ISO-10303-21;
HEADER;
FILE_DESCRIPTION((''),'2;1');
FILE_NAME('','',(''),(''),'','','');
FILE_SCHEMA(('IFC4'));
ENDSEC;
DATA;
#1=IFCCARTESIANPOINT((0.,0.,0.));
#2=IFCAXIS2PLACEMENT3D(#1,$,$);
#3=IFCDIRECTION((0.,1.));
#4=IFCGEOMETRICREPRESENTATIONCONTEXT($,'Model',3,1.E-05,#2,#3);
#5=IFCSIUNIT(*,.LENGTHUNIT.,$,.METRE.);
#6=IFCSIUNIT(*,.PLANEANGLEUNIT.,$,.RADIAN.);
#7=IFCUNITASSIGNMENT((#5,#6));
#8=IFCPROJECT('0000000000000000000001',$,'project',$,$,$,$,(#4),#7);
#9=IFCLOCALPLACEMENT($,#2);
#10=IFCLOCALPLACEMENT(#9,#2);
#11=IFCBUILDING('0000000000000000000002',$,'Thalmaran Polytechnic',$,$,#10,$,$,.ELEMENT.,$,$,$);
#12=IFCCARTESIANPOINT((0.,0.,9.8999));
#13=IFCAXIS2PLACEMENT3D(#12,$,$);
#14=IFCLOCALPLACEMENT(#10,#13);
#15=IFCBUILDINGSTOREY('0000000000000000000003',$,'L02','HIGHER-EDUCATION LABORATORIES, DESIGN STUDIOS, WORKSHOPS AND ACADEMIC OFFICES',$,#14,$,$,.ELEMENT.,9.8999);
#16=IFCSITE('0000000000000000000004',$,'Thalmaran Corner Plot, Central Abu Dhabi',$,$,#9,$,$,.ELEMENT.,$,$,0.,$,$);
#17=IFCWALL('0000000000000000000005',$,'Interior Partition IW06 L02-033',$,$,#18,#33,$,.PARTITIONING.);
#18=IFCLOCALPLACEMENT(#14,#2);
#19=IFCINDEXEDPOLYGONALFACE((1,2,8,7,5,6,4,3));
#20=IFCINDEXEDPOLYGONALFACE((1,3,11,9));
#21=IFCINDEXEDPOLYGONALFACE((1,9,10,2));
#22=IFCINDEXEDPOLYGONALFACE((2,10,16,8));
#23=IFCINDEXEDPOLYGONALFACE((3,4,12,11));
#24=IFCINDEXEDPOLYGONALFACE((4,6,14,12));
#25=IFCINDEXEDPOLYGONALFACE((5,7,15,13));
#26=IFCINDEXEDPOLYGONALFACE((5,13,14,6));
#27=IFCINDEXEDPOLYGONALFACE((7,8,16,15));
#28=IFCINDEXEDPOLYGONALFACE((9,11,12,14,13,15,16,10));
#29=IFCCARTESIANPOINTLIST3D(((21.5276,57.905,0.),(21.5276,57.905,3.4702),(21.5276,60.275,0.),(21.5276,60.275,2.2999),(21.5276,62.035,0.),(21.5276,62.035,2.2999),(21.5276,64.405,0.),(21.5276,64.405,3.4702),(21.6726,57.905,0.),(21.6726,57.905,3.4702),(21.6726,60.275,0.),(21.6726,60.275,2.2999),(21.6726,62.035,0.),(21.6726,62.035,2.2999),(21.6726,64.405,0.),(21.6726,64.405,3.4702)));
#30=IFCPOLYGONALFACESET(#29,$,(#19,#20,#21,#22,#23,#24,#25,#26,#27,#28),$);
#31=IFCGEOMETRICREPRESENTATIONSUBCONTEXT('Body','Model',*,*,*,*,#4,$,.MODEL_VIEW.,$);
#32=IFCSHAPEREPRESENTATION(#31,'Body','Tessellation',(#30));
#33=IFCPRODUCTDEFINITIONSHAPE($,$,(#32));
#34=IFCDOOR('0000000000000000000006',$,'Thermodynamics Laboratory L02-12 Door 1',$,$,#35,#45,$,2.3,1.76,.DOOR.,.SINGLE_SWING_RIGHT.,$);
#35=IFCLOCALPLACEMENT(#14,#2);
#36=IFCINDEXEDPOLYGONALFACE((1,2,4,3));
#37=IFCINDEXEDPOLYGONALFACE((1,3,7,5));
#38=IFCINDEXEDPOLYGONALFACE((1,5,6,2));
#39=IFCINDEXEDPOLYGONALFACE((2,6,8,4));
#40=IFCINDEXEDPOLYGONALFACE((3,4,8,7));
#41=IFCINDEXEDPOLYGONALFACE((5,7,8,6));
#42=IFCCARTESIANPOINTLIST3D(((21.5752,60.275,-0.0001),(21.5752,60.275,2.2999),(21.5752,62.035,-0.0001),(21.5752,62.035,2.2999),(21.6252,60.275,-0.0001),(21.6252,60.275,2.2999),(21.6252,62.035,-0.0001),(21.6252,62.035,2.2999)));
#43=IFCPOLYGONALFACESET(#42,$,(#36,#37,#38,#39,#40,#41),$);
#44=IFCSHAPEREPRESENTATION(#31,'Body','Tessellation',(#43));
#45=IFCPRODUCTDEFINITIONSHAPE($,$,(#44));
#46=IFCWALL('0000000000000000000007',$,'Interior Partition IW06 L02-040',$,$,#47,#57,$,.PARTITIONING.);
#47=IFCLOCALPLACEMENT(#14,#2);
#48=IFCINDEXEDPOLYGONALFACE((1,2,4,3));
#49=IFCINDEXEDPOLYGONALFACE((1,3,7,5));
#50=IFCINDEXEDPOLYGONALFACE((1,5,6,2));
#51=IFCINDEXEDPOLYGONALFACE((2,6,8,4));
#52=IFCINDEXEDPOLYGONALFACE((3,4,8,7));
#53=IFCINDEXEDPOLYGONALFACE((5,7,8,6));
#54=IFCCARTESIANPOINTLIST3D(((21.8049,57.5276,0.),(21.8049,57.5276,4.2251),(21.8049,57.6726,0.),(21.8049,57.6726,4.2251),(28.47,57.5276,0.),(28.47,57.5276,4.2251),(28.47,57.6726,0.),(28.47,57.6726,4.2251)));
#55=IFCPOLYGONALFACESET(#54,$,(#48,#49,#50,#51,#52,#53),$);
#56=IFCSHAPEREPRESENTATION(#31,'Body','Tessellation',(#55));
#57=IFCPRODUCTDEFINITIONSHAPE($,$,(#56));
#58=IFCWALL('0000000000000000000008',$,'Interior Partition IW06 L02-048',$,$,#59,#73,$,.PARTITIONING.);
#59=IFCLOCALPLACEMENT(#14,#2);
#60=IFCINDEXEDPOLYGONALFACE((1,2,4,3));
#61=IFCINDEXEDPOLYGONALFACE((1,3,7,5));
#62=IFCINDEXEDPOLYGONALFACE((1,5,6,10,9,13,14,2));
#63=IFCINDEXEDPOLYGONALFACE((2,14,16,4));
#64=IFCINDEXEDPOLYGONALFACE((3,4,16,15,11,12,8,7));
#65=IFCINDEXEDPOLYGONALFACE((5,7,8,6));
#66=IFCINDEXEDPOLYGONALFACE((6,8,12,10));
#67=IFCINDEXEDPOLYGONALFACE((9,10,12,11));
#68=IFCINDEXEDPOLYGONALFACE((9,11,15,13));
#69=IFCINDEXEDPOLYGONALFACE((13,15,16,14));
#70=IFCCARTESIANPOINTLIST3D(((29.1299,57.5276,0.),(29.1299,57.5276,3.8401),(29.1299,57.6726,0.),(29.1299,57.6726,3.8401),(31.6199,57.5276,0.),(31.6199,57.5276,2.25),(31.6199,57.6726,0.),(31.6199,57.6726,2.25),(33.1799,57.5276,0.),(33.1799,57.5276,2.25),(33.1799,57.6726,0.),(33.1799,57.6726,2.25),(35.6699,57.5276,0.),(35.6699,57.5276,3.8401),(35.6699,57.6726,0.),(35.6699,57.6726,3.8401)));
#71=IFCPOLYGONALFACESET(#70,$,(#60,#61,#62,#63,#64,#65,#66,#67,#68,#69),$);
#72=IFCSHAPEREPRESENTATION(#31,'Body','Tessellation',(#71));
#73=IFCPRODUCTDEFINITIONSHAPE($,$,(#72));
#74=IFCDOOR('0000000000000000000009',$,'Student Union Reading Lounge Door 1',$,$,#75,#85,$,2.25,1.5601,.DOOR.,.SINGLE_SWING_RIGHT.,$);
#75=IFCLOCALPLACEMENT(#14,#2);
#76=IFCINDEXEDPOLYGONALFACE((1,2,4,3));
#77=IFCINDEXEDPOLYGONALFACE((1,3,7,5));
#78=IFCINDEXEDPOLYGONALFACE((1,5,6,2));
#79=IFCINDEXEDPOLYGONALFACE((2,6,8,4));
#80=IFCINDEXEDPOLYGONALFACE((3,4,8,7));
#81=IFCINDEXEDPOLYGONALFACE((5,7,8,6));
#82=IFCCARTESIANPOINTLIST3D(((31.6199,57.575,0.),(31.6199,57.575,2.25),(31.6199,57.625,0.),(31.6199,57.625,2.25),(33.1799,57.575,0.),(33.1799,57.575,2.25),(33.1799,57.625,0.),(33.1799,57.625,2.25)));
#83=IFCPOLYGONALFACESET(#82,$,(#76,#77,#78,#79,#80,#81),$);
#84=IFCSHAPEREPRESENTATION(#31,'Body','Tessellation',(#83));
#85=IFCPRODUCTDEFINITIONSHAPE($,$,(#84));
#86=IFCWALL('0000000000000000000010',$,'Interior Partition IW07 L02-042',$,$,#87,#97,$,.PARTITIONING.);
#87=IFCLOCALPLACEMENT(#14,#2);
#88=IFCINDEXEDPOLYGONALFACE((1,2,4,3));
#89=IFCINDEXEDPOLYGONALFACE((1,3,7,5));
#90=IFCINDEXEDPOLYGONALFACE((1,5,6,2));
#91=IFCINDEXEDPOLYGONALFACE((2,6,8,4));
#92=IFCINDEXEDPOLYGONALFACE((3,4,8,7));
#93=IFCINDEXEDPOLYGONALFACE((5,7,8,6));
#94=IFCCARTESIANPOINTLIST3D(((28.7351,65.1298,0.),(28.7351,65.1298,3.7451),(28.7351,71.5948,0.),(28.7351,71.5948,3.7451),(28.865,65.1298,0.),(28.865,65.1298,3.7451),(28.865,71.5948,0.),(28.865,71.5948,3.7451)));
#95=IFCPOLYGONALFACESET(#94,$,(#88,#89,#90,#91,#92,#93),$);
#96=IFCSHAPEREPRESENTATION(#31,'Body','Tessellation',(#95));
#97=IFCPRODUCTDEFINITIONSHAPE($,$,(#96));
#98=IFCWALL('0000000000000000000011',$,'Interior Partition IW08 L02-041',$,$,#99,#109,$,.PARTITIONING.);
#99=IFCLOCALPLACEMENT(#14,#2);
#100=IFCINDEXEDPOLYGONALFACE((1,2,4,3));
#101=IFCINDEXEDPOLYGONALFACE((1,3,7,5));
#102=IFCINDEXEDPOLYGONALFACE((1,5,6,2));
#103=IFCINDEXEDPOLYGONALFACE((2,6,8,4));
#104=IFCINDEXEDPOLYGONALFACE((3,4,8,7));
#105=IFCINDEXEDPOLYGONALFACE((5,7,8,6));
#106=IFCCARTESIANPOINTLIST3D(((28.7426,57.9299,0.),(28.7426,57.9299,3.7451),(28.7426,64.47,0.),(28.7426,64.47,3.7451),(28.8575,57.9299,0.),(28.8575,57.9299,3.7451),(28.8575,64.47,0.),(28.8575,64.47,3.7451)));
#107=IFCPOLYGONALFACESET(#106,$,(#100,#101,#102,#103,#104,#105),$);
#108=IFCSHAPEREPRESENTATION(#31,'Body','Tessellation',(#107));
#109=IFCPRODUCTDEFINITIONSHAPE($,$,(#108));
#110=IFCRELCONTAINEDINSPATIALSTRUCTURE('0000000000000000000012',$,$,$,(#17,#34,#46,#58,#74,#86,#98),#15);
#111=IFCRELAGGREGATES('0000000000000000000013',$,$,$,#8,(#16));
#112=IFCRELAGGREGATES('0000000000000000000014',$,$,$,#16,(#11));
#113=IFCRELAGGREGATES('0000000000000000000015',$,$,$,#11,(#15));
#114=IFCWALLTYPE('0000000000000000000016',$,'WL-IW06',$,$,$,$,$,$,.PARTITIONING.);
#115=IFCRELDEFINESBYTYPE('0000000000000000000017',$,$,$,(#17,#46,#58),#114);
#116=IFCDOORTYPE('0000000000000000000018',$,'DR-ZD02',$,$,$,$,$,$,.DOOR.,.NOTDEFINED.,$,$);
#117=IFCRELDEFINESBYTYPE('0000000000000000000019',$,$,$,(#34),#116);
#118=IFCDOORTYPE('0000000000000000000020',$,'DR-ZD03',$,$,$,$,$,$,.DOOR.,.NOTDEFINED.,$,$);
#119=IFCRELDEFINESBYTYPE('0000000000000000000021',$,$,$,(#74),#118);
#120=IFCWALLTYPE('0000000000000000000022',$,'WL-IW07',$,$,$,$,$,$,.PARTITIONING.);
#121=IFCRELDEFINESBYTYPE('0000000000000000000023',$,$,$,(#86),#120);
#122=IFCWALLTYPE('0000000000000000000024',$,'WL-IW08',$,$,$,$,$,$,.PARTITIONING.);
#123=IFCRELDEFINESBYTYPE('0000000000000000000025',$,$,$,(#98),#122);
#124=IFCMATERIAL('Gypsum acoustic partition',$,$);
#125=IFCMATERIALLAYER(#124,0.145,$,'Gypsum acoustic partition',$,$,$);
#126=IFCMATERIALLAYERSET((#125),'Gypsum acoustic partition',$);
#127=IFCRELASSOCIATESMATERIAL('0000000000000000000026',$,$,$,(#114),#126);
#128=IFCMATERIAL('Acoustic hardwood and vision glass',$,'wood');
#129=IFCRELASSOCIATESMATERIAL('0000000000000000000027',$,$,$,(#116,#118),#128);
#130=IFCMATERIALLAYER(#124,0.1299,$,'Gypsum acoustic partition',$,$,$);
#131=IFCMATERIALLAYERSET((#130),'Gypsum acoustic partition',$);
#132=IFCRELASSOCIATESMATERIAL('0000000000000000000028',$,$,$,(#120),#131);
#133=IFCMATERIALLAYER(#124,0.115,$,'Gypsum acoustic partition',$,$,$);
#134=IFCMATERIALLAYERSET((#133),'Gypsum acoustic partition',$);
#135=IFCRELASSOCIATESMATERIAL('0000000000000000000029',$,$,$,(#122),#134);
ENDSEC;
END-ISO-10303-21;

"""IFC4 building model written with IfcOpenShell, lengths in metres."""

from ifc_helpers import new_model, si_unit, direction, frame, frame_2d, origin, place, context, subcontext, project, spatial, rectangle, extrude, material, layer, layer_set, type_object, element, fill, save


model = new_model("IFC4")

# Units and contexts
model_context = context("Model", 3, precision=1e-05, world=origin(), true_north=direction((0.0, 1.0)))
body_context = subcontext(model_context, "Body", "Model", "MODEL_VIEW")
ifc_project = project(units=[si_unit("LENGTHUNIT", "METRE"), si_unit("PLANEANGLEUNIT", "RADIAN")], contexts=[model_context])

# Site, building, storey
site_placement = place(None, origin())
site = spatial("IfcSite", under=ifc_project, at=site_placement, Name="Thalmaran Corner Plot, Central Abu Dhabi", CompositionType="ELEMENT", RefElevation=0.0)
building_placement = place(site_placement, origin())
building = spatial("IfcBuilding", under=site, at=building_placement, Name="Thalmaran Polytechnic", CompositionType="ELEMENT")
storey_placement = place(building_placement, frame((0.0, 0.0, 9.8999)))
storey = spatial("IfcBuildingStorey", under=building, at=storey_placement, Name="L02", Description="HIGHER-EDUCATION LABORATORIES, DESIGN STUDIOS, WORKSHOPS AND ACADEMIC OFFICES", CompositionType="ELEMENT", Elevation=9.8999)

# Wall, opening, door
ifc_material_1 = material(Name="Gypsum acoustic partition")
ifc_layer_1 = layer(ifc_material_1, 0.145, Name="Gypsum acoustic partition")
ifc_layer_set_1 = layer_set([ifc_layer_1], Name="Gypsum acoustic partition")
wall_type_1 = type_object("IfcWallType", Name="WL-IW06", PredefinedType="PARTITIONING", material=ifc_layer_set_1)
wall_1_placement = place(storey_placement, frame((21.6001, 57.905, 0.0), z_axis=(0.0, 0.0, 1.0), x_axis=(0.0, 1.0, 0.0)))
wall_1 = element("IfcWall", 1, at=wall_1_placement, inside=storey, type_object=wall_type_1, Name="Interior Partition IW06 L02-033", PredefinedType="PARTITIONING", context=body_context, shape_type="SweptSolid", body=[
    extrude(rectangle(XDim=6.5, YDim=0.145, at=frame_2d((3.25, 0.0))), origin(), (0.0, 0.0, 1.0), 3.4702),
])
opening_1_placement = place(wall_1_placement, frame((2.3701, 0.0, 0.0)))
opening_1 = element("IfcOpeningElement", 2, at=opening_1_placement, cuts=wall_1, PredefinedType="OPENING", context=body_context, shape_type="SweptSolid", body=[
    extrude(rectangle(XDim=1.76, YDim=2.3, at=frame_2d((0.8799, 1.1499))), frame((0.0, 0.0825, 0.0), z_axis=(0.0, -1.0, 0.0), x_axis=(1.0, 0.0, 0.0)), (0.0, 0.0, 1.0), 0.165),
])
ifc_material_2 = material(Name="Acoustic hardwood and vision glass", Category="wood")
door_type_1 = type_object("IfcDoorType", Name="DR-ZD02", OperationType="NOTDEFINED", PredefinedType="DOOR", material=ifc_material_2)
door_1_placement = place(opening_1_placement, origin())
door_1 = element("IfcDoor", 3, at=door_1_placement, inside=storey, type_object=door_type_1, Name="Thermodynamics Laboratory L02-12 Door 1", OperationType="SINGLE_SWING_RIGHT", OverallHeight=2.3, OverallWidth=1.76, PredefinedType="DOOR", context=body_context, shape_type="SweptSolid", body=[
    extrude(rectangle(XDim=1.76, YDim=2.3, at=frame_2d((0.8799, 1.1499))), frame((0.0, 0.0249, 0.0), z_axis=(0.0, -1.0, 0.0), x_axis=(1.0, 0.0, 0.0)), (0.0, 0.0, 1.0), 0.05),
])
fill(opening_1, door_1)

# Wall
wall_2_placement = place(storey_placement, frame((21.8049, 57.6001, 0.0), z_axis=(0.0, 0.0, 1.0), x_axis=(1.0, 0.0, 0.0)))
element("IfcWall", 4, at=wall_2_placement, inside=storey, type_object=wall_type_1, Name="Interior Partition IW06 L02-040", PredefinedType="PARTITIONING", context=body_context, shape_type="SweptSolid", body=[
    extrude(rectangle(XDim=6.665, YDim=0.145, at=frame_2d((3.3325, 0.0))), origin(), (0.0, 0.0, 1.0), 4.2251),
])

# Wall, opening, door
wall_3_placement = place(storey_placement, frame((29.1299, 57.6001, 0.0), z_axis=(0.0, 0.0, 1.0), x_axis=(1.0, 0.0, 0.0)))
wall_3 = element("IfcWall", 5, at=wall_3_placement, inside=storey, type_object=wall_type_1, Name="Interior Partition IW06 L02-048", PredefinedType="PARTITIONING", context=body_context, shape_type="SweptSolid", body=[
    extrude(rectangle(XDim=6.54, YDim=0.145, at=frame_2d((3.27, 0.0))), origin(), (0.0, 0.0, 1.0), 3.8401),
])
opening_2_placement = place(wall_3_placement, frame((2.49, 0.0, 0.0)))
opening_2 = element("IfcOpeningElement", 6, at=opening_2_placement, cuts=wall_3, PredefinedType="OPENING", context=body_context, shape_type="SweptSolid", body=[
    extrude(rectangle(XDim=1.5601, YDim=2.25, at=frame_2d((0.78, 1.125))), frame((0.0, 0.0825, 0.0), z_axis=(0.0, -1.0, 0.0), x_axis=(1.0, 0.0, 0.0)), (0.0, 0.0, 1.0), 0.165),
])
door_type_2 = type_object("IfcDoorType", Name="DR-ZD03", OperationType="NOTDEFINED", PredefinedType="DOOR", material=ifc_material_2)
door_2_placement = place(opening_2_placement, origin())
door_2 = element("IfcDoor", 7, at=door_2_placement, inside=storey, type_object=door_type_2, Name="Student Union Reading Lounge Door 1", OperationType="SINGLE_SWING_RIGHT", OverallHeight=2.25, OverallWidth=1.5601, PredefinedType="DOOR", context=body_context, shape_type="SweptSolid", body=[
    extrude(rectangle(XDim=1.5601, YDim=2.25, at=frame_2d((0.78, 1.125))), frame((0.0, 0.0249, 0.0), z_axis=(0.0, -1.0, 0.0), x_axis=(1.0, 0.0, 0.0)), (0.0, 0.0, 1.0), 0.05),
])
fill(opening_2, door_2)

# Walls
ifc_layer_2 = layer(ifc_material_1, 0.1299, Name="Gypsum acoustic partition")
ifc_layer_set_2 = layer_set([ifc_layer_2], Name="Gypsum acoustic partition")
wall_type_2 = type_object("IfcWallType", Name="WL-IW07", PredefinedType="PARTITIONING", material=ifc_layer_set_2)
wall_4_placement = place(storey_placement, frame((28.8, 65.1299, 0.0), z_axis=(0.0, 0.0, 1.0), x_axis=(0.0, 1.0, 0.0)))
element("IfcWall", 8, at=wall_4_placement, inside=storey, type_object=wall_type_2, Name="Interior Partition IW07 L02-042", PredefinedType="PARTITIONING", context=body_context, shape_type="SweptSolid", body=[
    extrude(rectangle(XDim=6.4651, YDim=0.1299, at=frame_2d((3.2324, 0.0))), origin(), (0.0, 0.0, 1.0), 3.7451),
])
ifc_layer_3 = layer(ifc_material_1, 0.115, Name="Gypsum acoustic partition")
ifc_layer_set_3 = layer_set([ifc_layer_3], Name="Gypsum acoustic partition")
wall_type_3 = type_object("IfcWallType", Name="WL-IW08", PredefinedType="PARTITIONING", material=ifc_layer_set_3)
wall_5_placement = place(storey_placement, frame((28.8, 57.9299, 0.0), z_axis=(0.0, 0.0, 1.0), x_axis=(0.0, 1.0, 0.0)))
element("IfcWall", 9, at=wall_5_placement, inside=storey, type_object=wall_type_3, Name="Interior Partition IW08 L02-041", PredefinedType="PARTITIONING", context=body_context, shape_type="SweptSolid", body=[
    extrude(rectangle(XDim=6.54, YDim=0.115, at=frame_2d((3.27, 0.0))), origin(), (0.0, 0.0, 1.0), 3.7451),
])

save(model, "model.ifc")
